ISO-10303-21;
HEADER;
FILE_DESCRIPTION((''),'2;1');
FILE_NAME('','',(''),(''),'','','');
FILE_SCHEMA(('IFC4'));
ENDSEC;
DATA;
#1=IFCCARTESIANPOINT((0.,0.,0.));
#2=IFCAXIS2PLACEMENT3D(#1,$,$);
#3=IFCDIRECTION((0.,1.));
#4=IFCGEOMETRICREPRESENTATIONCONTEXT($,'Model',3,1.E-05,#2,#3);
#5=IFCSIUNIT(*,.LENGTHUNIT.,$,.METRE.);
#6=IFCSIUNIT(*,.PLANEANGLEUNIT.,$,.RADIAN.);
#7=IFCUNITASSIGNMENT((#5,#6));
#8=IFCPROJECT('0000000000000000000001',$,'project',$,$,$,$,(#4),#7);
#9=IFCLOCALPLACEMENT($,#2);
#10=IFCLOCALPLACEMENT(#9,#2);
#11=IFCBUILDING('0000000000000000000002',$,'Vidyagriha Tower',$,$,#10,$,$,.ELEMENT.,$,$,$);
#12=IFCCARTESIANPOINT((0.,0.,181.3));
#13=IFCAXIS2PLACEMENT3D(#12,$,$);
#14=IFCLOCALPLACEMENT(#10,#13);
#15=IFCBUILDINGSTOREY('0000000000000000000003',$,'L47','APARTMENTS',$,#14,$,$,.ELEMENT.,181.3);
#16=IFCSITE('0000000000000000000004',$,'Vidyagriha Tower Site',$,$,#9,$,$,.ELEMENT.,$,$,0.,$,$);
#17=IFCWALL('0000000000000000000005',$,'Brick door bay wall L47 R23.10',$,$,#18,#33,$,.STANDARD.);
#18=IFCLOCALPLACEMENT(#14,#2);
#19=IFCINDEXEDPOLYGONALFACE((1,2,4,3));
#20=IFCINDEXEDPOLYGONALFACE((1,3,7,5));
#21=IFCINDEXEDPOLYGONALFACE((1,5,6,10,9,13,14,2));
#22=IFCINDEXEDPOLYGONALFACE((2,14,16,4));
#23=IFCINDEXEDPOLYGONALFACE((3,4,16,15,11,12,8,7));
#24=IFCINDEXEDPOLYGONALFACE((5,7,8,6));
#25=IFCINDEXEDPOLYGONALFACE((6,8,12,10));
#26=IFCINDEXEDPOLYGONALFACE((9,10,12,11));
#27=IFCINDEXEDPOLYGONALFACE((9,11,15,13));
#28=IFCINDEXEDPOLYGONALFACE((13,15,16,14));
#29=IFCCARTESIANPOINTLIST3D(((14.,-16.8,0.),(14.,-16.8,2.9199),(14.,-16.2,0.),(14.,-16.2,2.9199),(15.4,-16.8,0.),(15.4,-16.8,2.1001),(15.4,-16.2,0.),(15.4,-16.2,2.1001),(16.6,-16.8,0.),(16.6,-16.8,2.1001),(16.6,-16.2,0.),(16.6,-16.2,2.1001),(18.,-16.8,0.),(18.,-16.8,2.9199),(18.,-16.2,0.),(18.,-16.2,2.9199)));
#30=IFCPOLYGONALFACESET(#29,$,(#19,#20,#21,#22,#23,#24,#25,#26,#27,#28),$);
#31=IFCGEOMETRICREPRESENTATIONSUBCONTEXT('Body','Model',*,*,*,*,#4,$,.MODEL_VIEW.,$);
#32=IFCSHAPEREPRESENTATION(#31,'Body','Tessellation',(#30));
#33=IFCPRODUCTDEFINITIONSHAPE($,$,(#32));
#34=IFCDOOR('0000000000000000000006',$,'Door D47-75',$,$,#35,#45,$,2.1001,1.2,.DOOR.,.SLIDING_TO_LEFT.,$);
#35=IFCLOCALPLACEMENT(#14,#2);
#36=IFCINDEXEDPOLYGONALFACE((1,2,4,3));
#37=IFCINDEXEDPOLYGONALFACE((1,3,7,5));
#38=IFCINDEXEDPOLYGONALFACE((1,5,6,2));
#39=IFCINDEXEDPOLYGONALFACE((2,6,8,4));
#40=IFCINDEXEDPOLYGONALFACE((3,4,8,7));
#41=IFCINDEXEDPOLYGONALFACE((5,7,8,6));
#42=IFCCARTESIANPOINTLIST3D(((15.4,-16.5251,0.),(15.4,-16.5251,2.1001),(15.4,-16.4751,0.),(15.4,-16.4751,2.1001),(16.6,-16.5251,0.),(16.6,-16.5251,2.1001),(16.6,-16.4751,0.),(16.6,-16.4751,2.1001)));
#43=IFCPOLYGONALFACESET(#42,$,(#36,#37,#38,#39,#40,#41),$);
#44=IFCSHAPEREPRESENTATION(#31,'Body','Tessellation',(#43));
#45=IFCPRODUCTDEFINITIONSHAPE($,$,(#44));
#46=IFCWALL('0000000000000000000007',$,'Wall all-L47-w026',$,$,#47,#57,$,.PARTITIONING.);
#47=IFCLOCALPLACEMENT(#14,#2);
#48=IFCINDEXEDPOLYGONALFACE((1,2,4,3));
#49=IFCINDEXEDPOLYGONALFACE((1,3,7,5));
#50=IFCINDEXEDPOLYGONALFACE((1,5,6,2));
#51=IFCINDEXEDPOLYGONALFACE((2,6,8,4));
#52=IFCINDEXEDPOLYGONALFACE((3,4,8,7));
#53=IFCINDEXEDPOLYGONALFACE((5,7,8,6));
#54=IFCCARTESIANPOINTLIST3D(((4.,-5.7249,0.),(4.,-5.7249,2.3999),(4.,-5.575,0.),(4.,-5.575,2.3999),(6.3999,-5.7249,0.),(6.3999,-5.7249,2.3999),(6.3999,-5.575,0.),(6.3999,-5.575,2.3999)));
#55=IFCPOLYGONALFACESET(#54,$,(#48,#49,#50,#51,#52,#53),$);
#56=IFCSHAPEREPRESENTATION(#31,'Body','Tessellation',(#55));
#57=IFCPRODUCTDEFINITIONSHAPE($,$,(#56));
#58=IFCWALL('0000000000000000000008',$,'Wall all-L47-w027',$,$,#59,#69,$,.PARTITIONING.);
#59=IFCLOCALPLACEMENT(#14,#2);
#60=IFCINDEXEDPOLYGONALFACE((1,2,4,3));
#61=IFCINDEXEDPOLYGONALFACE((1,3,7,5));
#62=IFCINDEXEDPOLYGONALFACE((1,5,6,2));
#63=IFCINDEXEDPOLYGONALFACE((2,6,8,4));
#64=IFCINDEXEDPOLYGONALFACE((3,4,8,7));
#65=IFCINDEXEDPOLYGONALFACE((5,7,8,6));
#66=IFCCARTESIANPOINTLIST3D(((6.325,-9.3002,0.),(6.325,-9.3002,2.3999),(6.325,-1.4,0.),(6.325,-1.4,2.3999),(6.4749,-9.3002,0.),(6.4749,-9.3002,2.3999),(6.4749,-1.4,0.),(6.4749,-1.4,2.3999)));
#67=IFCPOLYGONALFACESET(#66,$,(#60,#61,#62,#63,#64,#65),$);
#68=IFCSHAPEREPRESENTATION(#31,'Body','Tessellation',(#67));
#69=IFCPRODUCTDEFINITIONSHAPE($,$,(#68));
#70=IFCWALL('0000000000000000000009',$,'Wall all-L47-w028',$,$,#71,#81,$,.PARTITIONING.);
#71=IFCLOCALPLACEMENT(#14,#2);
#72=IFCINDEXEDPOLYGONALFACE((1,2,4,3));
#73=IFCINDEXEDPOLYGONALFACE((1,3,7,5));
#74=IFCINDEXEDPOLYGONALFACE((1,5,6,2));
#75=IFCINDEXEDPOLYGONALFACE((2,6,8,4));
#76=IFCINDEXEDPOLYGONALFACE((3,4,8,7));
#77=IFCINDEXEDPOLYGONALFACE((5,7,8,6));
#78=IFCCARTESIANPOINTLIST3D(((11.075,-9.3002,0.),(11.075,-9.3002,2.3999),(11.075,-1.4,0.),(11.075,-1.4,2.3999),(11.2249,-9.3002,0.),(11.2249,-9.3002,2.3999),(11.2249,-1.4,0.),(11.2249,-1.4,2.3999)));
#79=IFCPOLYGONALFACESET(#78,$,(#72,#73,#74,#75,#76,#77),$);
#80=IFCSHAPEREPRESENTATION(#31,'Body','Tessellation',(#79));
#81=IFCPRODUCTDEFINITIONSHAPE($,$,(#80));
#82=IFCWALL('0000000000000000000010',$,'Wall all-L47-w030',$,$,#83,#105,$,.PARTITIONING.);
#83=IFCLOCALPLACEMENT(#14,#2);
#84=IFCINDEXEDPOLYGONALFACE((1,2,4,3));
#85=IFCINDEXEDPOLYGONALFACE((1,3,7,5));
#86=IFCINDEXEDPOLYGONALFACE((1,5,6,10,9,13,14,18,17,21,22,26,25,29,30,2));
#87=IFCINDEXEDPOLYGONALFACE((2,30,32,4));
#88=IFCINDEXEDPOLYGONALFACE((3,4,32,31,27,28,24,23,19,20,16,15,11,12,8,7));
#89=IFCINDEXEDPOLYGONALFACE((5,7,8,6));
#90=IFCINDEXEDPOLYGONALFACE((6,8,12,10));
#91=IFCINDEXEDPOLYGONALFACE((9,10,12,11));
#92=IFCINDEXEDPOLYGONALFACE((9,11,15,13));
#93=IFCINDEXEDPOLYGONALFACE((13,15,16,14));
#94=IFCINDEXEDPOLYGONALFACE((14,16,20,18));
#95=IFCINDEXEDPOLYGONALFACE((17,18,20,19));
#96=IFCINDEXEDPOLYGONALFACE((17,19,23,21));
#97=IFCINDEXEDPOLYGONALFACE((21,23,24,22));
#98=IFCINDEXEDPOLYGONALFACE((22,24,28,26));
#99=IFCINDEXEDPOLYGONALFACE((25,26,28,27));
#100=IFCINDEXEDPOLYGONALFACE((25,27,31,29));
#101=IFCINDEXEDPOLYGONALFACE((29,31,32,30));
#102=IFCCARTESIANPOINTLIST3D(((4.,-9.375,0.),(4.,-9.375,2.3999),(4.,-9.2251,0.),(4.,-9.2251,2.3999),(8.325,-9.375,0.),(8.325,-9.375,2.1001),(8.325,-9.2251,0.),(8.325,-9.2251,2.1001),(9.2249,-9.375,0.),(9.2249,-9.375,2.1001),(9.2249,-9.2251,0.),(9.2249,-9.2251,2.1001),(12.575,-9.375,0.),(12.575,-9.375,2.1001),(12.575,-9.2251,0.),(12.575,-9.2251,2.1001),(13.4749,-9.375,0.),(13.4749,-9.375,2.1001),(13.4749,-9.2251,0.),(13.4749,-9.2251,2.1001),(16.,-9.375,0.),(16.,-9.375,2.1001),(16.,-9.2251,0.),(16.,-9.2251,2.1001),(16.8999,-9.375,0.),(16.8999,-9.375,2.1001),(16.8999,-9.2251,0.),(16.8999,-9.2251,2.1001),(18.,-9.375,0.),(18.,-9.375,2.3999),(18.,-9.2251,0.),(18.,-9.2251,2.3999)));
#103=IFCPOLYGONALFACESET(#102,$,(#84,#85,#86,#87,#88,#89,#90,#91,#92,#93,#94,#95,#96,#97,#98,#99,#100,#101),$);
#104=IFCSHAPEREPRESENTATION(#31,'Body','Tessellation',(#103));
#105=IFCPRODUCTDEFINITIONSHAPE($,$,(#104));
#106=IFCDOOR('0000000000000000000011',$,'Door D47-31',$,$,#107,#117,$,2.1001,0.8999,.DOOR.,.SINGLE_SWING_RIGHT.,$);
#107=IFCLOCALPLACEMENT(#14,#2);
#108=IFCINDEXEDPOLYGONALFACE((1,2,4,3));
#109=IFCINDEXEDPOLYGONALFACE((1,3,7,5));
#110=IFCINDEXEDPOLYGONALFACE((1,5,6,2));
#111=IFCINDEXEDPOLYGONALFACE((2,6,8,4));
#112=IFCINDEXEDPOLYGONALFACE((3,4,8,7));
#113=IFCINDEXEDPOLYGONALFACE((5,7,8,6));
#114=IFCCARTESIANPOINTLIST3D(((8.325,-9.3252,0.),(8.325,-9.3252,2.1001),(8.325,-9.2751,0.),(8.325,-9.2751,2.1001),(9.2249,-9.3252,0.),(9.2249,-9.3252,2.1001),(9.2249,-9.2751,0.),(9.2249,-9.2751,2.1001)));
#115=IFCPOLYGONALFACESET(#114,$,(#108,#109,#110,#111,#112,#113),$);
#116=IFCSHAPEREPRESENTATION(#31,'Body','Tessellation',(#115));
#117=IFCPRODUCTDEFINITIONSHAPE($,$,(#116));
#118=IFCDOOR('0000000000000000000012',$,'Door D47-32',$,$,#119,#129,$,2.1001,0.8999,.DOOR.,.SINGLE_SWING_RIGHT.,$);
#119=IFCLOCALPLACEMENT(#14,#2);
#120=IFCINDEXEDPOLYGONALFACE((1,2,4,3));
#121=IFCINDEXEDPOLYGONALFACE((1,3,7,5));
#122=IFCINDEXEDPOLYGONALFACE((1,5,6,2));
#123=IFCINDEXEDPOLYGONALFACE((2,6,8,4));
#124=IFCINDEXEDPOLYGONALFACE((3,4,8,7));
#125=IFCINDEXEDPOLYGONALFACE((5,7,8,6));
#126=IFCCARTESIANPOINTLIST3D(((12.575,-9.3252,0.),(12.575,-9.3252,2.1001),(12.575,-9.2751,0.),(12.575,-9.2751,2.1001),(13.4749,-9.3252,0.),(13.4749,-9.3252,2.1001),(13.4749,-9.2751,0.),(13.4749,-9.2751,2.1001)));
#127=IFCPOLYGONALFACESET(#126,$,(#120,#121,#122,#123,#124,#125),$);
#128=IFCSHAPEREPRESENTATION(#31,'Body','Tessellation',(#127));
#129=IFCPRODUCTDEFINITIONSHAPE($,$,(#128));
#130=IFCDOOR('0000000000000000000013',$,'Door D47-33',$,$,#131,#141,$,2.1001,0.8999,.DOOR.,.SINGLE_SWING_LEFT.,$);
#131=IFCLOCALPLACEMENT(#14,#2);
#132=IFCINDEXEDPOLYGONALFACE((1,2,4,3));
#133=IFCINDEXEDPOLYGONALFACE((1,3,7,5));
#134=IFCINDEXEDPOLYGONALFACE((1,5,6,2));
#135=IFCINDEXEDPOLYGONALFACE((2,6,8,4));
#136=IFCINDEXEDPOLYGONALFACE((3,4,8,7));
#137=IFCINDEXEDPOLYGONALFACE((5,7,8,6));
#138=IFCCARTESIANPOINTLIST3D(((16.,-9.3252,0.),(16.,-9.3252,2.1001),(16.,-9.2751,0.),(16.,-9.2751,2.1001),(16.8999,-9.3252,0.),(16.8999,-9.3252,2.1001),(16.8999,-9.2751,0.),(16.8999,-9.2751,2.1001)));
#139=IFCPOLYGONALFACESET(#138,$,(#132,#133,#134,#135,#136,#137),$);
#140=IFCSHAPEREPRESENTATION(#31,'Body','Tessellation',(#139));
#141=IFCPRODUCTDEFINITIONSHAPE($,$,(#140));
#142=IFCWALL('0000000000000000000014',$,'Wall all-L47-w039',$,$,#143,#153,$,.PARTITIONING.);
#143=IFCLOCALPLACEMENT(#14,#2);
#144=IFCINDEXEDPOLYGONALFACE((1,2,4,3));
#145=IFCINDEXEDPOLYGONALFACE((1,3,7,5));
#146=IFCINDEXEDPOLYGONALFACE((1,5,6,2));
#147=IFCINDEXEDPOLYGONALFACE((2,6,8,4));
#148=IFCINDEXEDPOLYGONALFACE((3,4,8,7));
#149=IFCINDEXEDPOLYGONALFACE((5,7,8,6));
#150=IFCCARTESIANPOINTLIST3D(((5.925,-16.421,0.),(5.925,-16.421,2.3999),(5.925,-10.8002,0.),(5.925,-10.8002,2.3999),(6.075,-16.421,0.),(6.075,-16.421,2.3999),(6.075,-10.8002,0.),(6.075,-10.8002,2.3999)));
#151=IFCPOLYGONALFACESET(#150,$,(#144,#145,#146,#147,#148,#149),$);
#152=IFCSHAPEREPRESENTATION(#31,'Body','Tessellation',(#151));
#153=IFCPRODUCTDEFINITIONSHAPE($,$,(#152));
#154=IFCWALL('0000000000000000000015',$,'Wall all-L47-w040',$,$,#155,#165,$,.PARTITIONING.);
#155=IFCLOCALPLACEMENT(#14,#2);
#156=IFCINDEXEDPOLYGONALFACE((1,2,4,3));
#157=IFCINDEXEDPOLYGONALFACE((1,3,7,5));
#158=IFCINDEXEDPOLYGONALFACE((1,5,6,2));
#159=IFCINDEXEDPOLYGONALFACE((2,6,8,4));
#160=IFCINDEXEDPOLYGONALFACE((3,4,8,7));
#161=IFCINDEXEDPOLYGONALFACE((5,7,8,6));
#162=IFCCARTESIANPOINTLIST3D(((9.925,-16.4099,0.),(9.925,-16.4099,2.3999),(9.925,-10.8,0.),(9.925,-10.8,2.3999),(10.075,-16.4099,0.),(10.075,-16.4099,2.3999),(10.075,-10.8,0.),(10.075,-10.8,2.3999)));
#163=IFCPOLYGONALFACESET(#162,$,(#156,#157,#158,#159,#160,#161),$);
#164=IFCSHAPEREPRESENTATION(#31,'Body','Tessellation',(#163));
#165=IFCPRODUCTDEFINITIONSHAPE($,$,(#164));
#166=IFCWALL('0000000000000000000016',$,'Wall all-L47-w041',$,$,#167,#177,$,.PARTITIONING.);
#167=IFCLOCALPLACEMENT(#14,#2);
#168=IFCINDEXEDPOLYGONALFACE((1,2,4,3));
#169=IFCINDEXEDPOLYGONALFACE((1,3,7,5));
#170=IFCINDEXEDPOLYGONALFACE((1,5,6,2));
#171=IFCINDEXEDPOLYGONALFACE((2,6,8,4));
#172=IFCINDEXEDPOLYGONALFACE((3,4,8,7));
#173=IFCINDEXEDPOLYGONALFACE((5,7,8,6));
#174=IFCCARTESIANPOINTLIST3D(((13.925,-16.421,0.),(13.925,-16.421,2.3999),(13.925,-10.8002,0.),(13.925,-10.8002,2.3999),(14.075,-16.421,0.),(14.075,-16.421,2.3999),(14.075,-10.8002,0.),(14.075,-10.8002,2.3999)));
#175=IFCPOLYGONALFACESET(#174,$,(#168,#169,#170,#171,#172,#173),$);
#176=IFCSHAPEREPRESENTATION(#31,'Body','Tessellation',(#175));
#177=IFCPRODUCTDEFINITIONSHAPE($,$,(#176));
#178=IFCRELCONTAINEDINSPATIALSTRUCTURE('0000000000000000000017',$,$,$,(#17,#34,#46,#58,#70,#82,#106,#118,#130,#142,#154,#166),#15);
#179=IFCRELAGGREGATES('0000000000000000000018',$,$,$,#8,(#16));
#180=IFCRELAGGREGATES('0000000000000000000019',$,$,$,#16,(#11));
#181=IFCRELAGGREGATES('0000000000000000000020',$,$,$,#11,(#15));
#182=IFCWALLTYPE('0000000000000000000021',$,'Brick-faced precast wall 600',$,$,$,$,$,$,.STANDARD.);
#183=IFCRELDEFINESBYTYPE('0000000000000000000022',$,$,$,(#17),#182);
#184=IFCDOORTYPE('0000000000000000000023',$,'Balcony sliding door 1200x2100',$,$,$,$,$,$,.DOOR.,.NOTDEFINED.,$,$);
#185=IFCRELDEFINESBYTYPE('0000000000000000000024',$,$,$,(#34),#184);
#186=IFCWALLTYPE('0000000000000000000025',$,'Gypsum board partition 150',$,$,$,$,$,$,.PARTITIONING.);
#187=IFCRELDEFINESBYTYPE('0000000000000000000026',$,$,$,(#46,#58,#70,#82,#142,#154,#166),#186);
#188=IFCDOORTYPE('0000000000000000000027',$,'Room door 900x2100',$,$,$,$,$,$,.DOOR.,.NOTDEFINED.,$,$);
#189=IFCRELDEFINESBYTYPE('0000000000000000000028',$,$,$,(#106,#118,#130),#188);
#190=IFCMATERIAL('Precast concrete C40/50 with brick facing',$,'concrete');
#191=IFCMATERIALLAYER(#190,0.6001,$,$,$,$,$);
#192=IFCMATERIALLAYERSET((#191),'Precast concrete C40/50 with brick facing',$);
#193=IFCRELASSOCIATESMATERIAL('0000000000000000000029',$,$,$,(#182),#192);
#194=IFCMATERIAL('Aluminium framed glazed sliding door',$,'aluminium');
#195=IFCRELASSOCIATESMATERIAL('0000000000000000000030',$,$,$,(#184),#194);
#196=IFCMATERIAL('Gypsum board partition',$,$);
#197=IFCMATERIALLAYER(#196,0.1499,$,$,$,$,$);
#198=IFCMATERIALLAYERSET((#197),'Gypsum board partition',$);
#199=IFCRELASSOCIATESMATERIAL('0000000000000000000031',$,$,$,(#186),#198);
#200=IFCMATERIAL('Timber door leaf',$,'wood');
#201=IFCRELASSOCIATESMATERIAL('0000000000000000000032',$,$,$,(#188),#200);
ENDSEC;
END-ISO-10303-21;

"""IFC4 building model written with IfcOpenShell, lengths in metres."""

from ifc_helpers import new_model, si_unit, direction, frame, frame_2d, origin, place, context, subcontext, project, spatial, rectangle, extrude, material, layer, layer_set, type_object, element, fill, save


model = new_model("IFC4")

# Units and contexts
model_context = context("Model", 3, precision=1e-05, world=origin(), true_north=direction((0.0, 1.0)))
body_context = subcontext(model_context, "Body", "Model", "MODEL_VIEW")
ifc_project = project(units=[si_unit("LENGTHUNIT", "METRE"), si_unit("PLANEANGLEUNIT", "RADIAN")], contexts=[model_context])

# Site, building, storey
site_placement = place(None, origin())
site = spatial("IfcSite", under=ifc_project, at=site_placement, Name="Vidyagriha Tower Site", CompositionType="ELEMENT", RefElevation=0.0)
building_placement = place(site_placement, origin())
building = spatial("IfcBuilding", under=site, at=building_placement, Name="Vidyagriha Tower", CompositionType="ELEMENT")
storey_placement = place(building_placement, frame((0.0, 0.0, 181.3)))
storey = spatial("IfcBuildingStorey", under=building, at=storey_placement, Name="L47", Description="APARTMENTS", CompositionType="ELEMENT", Elevation=181.3)

# Wall, opening, door
ifc_material_1 = material(Name="Precast concrete C40/50 with brick facing", Category="concrete")
ifc_layer_1 = layer(ifc_material_1, 0.6001)
ifc_layer_set_1 = layer_set([ifc_layer_1], Name="Precast concrete C40/50 with brick facing")
wall_type_1 = type_object("IfcWallType", Name="Brick-faced precast wall 600", PredefinedType="STANDARD", material=ifc_layer_set_1)
ifc_material_2 = material(Name="Aluminium framed glazed sliding door", Category="aluminium")
door_type_1 = type_object("IfcDoorType", Name="Balcony sliding door 1200x2100", OperationType="NOTDEFINED", PredefinedType="DOOR", material=ifc_material_2)
wall_1_placement = place(storey_placement, frame((14.0, -16.5, 0.0)))
wall_1 = element("IfcWall", 1, at=wall_1_placement, inside=storey, type_object=wall_type_1, Name="Brick door bay wall L47 R23.10", PredefinedType="STANDARD", context=body_context, shape_type="SweptSolid", body=[
    extrude(rectangle(XDim=4.0, YDim=0.6001, at=frame_2d((2.0, 0.0))), origin(), (0.0, 0.0, 1.0), 2.9199),
])
opening_1_placement = place(wall_1_placement, frame((1.3999, 0.0, 0.0)))
opening_1 = element("IfcOpeningElement", 2, at=opening_1_placement, cuts=wall_1, PredefinedType="OPENING", context=body_context, shape_type="SweptSolid", body=[
    extrude(rectangle(XDim=1.2, YDim=2.1001, at=frame_2d((0.6001, 1.05))), frame((0.0, 0.3101, 0.0), z_axis=(0.0, -1.0, 0.0), x_axis=(1.0, 0.0, 0.0)), (0.0, 0.0, 1.0), 0.6201),
])
door_1_placement = place(opening_1_placement, origin())
door_1 = element("IfcDoor", 3, at=door_1_placement, inside=storey, type_object=door_type_1, Name="Door D47-75", OperationType="SLIDING_TO_LEFT", OverallHeight=2.1001, OverallWidth=1.2, PredefinedType="DOOR", context=body_context, shape_type="SweptSolid", body=[
    extrude(rectangle(XDim=1.2, YDim=2.1001, at=frame_2d((0.6001, 1.05))), frame((0.0, 0.0249, 0.0), z_axis=(0.0, -1.0, 0.0), x_axis=(1.0, 0.0, 0.0)), (0.0, 0.0, 1.0), 0.05),
])
fill(opening_1, door_1)

# Walls
ifc_material_3 = material(Name="Gypsum board partition")
ifc_layer_2 = layer(ifc_material_3, 0.1499)
ifc_layer_set_2 = layer_set([ifc_layer_2], Name="Gypsum board partition")
wall_type_2 = type_object("IfcWallType", Name="Gypsum board partition 150", PredefinedType="PARTITIONING", material=ifc_layer_set_2)
wall_2_placement = place(storey_placement, frame((6.3999, -5.6499, 0.0), z_axis=(0.0, 0.0, 1.0), x_axis=(-1.0, 0.0, 0.0)))
element("IfcWall", 4, at=wall_2_placement, inside=storey, type_object=wall_type_2, Name="Wall all-L47-w026", PredefinedType="PARTITIONING", context=body_context, shape_type="SweptSolid", body=[
    extrude(rectangle(XDim=2.3999, YDim=0.1499, at=frame_2d((1.2, 0.0))), origin(), (0.0, 0.0, 1.0), 2.3999),
])
for number, where, z_axis, x_axis, name in (
    (5, (6.3999, -1.3999, 0.0), (0.0, 0.0, 1.0), (0.0, -1.0, 0.0), "Wall all-L47-w027"),
    (6, (11.1499, -1.3999, 0.0), (0.0, 0.0, 1.0), (0.0, -1.0, 0.0), "Wall all-L47-w028"),
):
    element("IfcWall", number, at=place(storey_placement, frame(where, z_axis=z_axis, x_axis=x_axis)), inside=storey, type_object=wall_type_2, Name=name, PredefinedType="PARTITIONING", context=body_context, shape_type="SweptSolid", body=[
        extrude(rectangle(XDim=7.9001, YDim=0.1499, at=frame_2d((3.9502, 0.0))), origin(), (0.0, 0.0, 1.0), 2.3999),
    ])

# Wall, openings, doors
wall_3_placement = place(storey_placement, frame((4.0, -9.3, 0.0)))
wall_3 = element("IfcWall", 7, at=wall_3_placement, inside=storey, type_object=wall_type_2, Name="Wall all-L47-w030", PredefinedType="PARTITIONING", context=body_context, shape_type="SweptSolid", body=[
    extrude(rectangle(XDim=14.0, YDim=0.1499, at=frame_2d((7.0, 0.0))), origin(), (0.0, 0.0, 1.0), 2.3999),
])
opening_2_placement = place(wall_3_placement, frame((4.325, 0.0, 0.0)))
opening_2 = element("IfcOpeningElement", 8, at=opening_2_placement, cuts=wall_3, PredefinedType="OPENING", context=body_context, shape_type="SweptSolid", body=[
    extrude(rectangle(XDim=0.8999, YDim=2.1001, at=frame_2d((0.45, 1.05))), frame((0.0, 0.085, 0.0), z_axis=(0.0, -1.0, 0.0), x_axis=(1.0, 0.0, 0.0)), (0.0, 0.0, 1.0), 0.1699),
])
opening_3_placement = place(wall_3_placement, frame((8.575, 0.0, 0.0)))
opening_3 = element("IfcOpeningElement", 9, at=opening_3_placement, cuts=wall_3, PredefinedType="OPENING", context=body_context, shape_type="SweptSolid", body=[
    extrude(rectangle(XDim=0.8999, YDim=2.1001, at=frame_2d((0.45, 1.05))), frame((0.0, 0.085, 0.0), z_axis=(0.0, -1.0, 0.0), x_axis=(1.0, 0.0, 0.0)), (0.0, 0.0, 1.0), 0.1699),
])
opening_4_placement = place(wall_3_placement, frame((12.0, 0.0, 0.0)))
opening_4 = element("IfcOpeningElement", 10, at=opening_4_placement, cuts=wall_3, PredefinedType="OPENING", context=body_context, shape_type="SweptSolid", body=[
    extrude(rectangle(XDim=0.8999, YDim=2.1001, at=frame_2d((0.45, 1.05))), frame((0.0, 0.085, 0.0), z_axis=(0.0, -1.0, 0.0), x_axis=(1.0, 0.0, 0.0)), (0.0, 0.0, 1.0), 0.1699),
])
ifc_material_4 = material(Name="Timber door leaf", Category="wood")
door_type_2 = type_object("IfcDoorType", Name="Room door 900x2100", OperationType="NOTDEFINED", PredefinedType="DOOR", material=ifc_material_4)
door_2_placement = place(opening_2_placement, origin())
door_2 = element("IfcDoor", 11, at=door_2_placement, inside=storey, type_object=door_type_2, Name="Door D47-31", OperationType="SINGLE_SWING_RIGHT", OverallHeight=2.1001, OverallWidth=0.8999, PredefinedType="DOOR", context=body_context, shape_type="SweptSolid", body=[
    extrude(rectangle(XDim=0.8999, YDim=2.1001, at=frame_2d((0.45, 1.05))), frame((0.0, 0.0249, 0.0), z_axis=(0.0, -1.0, 0.0), x_axis=(1.0, 0.0, 0.0)), (0.0, 0.0, 1.0), 0.05),
])
fill(opening_2, door_2)
door_3_placement = place(opening_3_placement, origin())
door_3 = element("IfcDoor", 12, at=door_3_placement, inside=storey, type_object=door_type_2, Name="Door D47-32", OperationType="SINGLE_SWING_RIGHT", OverallHeight=2.1001, OverallWidth=0.8999, PredefinedType="DOOR", context=body_context, shape_type="SweptSolid", body=[
    extrude(rectangle(XDim=0.8999, YDim=2.1001, at=frame_2d((0.45, 1.05))), frame((0.0, 0.0249, 0.0), z_axis=(0.0, -1.0, 0.0), x_axis=(1.0, 0.0, 0.0)), (0.0, 0.0, 1.0), 0.05),
])
fill(opening_3, door_3)
door_4_placement = place(opening_4_placement, origin())
door_4 = element("IfcDoor", 13, at=door_4_placement, inside=storey, type_object=door_type_2, Name="Door D47-33", OperationType="SINGLE_SWING_LEFT", OverallHeight=2.1001, OverallWidth=0.8999, PredefinedType="DOOR", context=body_context, shape_type="SweptSolid", body=[
    extrude(rectangle(XDim=0.8999, YDim=2.1001, at=frame_2d((0.45, 1.05))), frame((0.0, 0.0249, 0.0), z_axis=(0.0, -1.0, 0.0), x_axis=(1.0, 0.0, 0.0)), (0.0, 0.0, 1.0), 0.05),
])
fill(opening_4, door_4)

# Walls
wall_4_placement = place(storey_placement, frame((6.0, -10.8, 0.0), z_axis=(0.0, 0.0, 1.0), x_axis=(0.0, -1.0, 0.0)))
element("IfcWall", 14, at=wall_4_placement, inside=storey, type_object=wall_type_2, Name="Wall all-L47-w039", PredefinedType="PARTITIONING", context=body_context, shape_type="SweptSolid", body=[
    extrude(rectangle(XDim=5.6208, YDim=0.1499, at=frame_2d((2.8105, 0.0))), origin(), (0.0, 0.0, 1.0), 2.3999),
])
wall_5_placement = place(storey_placement, frame((10.0, -10.8, 0.0), z_axis=(0.0, 0.0, 1.0), x_axis=(0.0, -1.0, 0.0)))
element("IfcWall", 15, at=wall_5_placement, inside=storey, type_object=wall_type_2, Name="Wall all-L47-w040", PredefinedType="PARTITIONING", context=body_context, shape_type="SweptSolid", body=[
    extrude(rectangle(XDim=5.6099, YDim=0.1499, at=frame_2d((2.8049, 0.0))), origin(), (0.0, 0.0, 1.0), 2.3999),
])
wall_6_placement = place(storey_placement, frame((14.0, -10.8, 0.0), z_axis=(0.0, 0.0, 1.0), x_axis=(0.0, -1.0, 0.0)))
element("IfcWall", 16, at=wall_6_placement, inside=storey, type_object=wall_type_2, Name="Wall all-L47-w041", PredefinedType="PARTITIONING", context=body_context, shape_type="SweptSolid", body=[
    extrude(rectangle(XDim=5.6208, YDim=0.1499, at=frame_2d((2.8105, 0.0))), origin(), (0.0, 0.0, 1.0), 2.3999),
])

save(model, "model.ifc")
